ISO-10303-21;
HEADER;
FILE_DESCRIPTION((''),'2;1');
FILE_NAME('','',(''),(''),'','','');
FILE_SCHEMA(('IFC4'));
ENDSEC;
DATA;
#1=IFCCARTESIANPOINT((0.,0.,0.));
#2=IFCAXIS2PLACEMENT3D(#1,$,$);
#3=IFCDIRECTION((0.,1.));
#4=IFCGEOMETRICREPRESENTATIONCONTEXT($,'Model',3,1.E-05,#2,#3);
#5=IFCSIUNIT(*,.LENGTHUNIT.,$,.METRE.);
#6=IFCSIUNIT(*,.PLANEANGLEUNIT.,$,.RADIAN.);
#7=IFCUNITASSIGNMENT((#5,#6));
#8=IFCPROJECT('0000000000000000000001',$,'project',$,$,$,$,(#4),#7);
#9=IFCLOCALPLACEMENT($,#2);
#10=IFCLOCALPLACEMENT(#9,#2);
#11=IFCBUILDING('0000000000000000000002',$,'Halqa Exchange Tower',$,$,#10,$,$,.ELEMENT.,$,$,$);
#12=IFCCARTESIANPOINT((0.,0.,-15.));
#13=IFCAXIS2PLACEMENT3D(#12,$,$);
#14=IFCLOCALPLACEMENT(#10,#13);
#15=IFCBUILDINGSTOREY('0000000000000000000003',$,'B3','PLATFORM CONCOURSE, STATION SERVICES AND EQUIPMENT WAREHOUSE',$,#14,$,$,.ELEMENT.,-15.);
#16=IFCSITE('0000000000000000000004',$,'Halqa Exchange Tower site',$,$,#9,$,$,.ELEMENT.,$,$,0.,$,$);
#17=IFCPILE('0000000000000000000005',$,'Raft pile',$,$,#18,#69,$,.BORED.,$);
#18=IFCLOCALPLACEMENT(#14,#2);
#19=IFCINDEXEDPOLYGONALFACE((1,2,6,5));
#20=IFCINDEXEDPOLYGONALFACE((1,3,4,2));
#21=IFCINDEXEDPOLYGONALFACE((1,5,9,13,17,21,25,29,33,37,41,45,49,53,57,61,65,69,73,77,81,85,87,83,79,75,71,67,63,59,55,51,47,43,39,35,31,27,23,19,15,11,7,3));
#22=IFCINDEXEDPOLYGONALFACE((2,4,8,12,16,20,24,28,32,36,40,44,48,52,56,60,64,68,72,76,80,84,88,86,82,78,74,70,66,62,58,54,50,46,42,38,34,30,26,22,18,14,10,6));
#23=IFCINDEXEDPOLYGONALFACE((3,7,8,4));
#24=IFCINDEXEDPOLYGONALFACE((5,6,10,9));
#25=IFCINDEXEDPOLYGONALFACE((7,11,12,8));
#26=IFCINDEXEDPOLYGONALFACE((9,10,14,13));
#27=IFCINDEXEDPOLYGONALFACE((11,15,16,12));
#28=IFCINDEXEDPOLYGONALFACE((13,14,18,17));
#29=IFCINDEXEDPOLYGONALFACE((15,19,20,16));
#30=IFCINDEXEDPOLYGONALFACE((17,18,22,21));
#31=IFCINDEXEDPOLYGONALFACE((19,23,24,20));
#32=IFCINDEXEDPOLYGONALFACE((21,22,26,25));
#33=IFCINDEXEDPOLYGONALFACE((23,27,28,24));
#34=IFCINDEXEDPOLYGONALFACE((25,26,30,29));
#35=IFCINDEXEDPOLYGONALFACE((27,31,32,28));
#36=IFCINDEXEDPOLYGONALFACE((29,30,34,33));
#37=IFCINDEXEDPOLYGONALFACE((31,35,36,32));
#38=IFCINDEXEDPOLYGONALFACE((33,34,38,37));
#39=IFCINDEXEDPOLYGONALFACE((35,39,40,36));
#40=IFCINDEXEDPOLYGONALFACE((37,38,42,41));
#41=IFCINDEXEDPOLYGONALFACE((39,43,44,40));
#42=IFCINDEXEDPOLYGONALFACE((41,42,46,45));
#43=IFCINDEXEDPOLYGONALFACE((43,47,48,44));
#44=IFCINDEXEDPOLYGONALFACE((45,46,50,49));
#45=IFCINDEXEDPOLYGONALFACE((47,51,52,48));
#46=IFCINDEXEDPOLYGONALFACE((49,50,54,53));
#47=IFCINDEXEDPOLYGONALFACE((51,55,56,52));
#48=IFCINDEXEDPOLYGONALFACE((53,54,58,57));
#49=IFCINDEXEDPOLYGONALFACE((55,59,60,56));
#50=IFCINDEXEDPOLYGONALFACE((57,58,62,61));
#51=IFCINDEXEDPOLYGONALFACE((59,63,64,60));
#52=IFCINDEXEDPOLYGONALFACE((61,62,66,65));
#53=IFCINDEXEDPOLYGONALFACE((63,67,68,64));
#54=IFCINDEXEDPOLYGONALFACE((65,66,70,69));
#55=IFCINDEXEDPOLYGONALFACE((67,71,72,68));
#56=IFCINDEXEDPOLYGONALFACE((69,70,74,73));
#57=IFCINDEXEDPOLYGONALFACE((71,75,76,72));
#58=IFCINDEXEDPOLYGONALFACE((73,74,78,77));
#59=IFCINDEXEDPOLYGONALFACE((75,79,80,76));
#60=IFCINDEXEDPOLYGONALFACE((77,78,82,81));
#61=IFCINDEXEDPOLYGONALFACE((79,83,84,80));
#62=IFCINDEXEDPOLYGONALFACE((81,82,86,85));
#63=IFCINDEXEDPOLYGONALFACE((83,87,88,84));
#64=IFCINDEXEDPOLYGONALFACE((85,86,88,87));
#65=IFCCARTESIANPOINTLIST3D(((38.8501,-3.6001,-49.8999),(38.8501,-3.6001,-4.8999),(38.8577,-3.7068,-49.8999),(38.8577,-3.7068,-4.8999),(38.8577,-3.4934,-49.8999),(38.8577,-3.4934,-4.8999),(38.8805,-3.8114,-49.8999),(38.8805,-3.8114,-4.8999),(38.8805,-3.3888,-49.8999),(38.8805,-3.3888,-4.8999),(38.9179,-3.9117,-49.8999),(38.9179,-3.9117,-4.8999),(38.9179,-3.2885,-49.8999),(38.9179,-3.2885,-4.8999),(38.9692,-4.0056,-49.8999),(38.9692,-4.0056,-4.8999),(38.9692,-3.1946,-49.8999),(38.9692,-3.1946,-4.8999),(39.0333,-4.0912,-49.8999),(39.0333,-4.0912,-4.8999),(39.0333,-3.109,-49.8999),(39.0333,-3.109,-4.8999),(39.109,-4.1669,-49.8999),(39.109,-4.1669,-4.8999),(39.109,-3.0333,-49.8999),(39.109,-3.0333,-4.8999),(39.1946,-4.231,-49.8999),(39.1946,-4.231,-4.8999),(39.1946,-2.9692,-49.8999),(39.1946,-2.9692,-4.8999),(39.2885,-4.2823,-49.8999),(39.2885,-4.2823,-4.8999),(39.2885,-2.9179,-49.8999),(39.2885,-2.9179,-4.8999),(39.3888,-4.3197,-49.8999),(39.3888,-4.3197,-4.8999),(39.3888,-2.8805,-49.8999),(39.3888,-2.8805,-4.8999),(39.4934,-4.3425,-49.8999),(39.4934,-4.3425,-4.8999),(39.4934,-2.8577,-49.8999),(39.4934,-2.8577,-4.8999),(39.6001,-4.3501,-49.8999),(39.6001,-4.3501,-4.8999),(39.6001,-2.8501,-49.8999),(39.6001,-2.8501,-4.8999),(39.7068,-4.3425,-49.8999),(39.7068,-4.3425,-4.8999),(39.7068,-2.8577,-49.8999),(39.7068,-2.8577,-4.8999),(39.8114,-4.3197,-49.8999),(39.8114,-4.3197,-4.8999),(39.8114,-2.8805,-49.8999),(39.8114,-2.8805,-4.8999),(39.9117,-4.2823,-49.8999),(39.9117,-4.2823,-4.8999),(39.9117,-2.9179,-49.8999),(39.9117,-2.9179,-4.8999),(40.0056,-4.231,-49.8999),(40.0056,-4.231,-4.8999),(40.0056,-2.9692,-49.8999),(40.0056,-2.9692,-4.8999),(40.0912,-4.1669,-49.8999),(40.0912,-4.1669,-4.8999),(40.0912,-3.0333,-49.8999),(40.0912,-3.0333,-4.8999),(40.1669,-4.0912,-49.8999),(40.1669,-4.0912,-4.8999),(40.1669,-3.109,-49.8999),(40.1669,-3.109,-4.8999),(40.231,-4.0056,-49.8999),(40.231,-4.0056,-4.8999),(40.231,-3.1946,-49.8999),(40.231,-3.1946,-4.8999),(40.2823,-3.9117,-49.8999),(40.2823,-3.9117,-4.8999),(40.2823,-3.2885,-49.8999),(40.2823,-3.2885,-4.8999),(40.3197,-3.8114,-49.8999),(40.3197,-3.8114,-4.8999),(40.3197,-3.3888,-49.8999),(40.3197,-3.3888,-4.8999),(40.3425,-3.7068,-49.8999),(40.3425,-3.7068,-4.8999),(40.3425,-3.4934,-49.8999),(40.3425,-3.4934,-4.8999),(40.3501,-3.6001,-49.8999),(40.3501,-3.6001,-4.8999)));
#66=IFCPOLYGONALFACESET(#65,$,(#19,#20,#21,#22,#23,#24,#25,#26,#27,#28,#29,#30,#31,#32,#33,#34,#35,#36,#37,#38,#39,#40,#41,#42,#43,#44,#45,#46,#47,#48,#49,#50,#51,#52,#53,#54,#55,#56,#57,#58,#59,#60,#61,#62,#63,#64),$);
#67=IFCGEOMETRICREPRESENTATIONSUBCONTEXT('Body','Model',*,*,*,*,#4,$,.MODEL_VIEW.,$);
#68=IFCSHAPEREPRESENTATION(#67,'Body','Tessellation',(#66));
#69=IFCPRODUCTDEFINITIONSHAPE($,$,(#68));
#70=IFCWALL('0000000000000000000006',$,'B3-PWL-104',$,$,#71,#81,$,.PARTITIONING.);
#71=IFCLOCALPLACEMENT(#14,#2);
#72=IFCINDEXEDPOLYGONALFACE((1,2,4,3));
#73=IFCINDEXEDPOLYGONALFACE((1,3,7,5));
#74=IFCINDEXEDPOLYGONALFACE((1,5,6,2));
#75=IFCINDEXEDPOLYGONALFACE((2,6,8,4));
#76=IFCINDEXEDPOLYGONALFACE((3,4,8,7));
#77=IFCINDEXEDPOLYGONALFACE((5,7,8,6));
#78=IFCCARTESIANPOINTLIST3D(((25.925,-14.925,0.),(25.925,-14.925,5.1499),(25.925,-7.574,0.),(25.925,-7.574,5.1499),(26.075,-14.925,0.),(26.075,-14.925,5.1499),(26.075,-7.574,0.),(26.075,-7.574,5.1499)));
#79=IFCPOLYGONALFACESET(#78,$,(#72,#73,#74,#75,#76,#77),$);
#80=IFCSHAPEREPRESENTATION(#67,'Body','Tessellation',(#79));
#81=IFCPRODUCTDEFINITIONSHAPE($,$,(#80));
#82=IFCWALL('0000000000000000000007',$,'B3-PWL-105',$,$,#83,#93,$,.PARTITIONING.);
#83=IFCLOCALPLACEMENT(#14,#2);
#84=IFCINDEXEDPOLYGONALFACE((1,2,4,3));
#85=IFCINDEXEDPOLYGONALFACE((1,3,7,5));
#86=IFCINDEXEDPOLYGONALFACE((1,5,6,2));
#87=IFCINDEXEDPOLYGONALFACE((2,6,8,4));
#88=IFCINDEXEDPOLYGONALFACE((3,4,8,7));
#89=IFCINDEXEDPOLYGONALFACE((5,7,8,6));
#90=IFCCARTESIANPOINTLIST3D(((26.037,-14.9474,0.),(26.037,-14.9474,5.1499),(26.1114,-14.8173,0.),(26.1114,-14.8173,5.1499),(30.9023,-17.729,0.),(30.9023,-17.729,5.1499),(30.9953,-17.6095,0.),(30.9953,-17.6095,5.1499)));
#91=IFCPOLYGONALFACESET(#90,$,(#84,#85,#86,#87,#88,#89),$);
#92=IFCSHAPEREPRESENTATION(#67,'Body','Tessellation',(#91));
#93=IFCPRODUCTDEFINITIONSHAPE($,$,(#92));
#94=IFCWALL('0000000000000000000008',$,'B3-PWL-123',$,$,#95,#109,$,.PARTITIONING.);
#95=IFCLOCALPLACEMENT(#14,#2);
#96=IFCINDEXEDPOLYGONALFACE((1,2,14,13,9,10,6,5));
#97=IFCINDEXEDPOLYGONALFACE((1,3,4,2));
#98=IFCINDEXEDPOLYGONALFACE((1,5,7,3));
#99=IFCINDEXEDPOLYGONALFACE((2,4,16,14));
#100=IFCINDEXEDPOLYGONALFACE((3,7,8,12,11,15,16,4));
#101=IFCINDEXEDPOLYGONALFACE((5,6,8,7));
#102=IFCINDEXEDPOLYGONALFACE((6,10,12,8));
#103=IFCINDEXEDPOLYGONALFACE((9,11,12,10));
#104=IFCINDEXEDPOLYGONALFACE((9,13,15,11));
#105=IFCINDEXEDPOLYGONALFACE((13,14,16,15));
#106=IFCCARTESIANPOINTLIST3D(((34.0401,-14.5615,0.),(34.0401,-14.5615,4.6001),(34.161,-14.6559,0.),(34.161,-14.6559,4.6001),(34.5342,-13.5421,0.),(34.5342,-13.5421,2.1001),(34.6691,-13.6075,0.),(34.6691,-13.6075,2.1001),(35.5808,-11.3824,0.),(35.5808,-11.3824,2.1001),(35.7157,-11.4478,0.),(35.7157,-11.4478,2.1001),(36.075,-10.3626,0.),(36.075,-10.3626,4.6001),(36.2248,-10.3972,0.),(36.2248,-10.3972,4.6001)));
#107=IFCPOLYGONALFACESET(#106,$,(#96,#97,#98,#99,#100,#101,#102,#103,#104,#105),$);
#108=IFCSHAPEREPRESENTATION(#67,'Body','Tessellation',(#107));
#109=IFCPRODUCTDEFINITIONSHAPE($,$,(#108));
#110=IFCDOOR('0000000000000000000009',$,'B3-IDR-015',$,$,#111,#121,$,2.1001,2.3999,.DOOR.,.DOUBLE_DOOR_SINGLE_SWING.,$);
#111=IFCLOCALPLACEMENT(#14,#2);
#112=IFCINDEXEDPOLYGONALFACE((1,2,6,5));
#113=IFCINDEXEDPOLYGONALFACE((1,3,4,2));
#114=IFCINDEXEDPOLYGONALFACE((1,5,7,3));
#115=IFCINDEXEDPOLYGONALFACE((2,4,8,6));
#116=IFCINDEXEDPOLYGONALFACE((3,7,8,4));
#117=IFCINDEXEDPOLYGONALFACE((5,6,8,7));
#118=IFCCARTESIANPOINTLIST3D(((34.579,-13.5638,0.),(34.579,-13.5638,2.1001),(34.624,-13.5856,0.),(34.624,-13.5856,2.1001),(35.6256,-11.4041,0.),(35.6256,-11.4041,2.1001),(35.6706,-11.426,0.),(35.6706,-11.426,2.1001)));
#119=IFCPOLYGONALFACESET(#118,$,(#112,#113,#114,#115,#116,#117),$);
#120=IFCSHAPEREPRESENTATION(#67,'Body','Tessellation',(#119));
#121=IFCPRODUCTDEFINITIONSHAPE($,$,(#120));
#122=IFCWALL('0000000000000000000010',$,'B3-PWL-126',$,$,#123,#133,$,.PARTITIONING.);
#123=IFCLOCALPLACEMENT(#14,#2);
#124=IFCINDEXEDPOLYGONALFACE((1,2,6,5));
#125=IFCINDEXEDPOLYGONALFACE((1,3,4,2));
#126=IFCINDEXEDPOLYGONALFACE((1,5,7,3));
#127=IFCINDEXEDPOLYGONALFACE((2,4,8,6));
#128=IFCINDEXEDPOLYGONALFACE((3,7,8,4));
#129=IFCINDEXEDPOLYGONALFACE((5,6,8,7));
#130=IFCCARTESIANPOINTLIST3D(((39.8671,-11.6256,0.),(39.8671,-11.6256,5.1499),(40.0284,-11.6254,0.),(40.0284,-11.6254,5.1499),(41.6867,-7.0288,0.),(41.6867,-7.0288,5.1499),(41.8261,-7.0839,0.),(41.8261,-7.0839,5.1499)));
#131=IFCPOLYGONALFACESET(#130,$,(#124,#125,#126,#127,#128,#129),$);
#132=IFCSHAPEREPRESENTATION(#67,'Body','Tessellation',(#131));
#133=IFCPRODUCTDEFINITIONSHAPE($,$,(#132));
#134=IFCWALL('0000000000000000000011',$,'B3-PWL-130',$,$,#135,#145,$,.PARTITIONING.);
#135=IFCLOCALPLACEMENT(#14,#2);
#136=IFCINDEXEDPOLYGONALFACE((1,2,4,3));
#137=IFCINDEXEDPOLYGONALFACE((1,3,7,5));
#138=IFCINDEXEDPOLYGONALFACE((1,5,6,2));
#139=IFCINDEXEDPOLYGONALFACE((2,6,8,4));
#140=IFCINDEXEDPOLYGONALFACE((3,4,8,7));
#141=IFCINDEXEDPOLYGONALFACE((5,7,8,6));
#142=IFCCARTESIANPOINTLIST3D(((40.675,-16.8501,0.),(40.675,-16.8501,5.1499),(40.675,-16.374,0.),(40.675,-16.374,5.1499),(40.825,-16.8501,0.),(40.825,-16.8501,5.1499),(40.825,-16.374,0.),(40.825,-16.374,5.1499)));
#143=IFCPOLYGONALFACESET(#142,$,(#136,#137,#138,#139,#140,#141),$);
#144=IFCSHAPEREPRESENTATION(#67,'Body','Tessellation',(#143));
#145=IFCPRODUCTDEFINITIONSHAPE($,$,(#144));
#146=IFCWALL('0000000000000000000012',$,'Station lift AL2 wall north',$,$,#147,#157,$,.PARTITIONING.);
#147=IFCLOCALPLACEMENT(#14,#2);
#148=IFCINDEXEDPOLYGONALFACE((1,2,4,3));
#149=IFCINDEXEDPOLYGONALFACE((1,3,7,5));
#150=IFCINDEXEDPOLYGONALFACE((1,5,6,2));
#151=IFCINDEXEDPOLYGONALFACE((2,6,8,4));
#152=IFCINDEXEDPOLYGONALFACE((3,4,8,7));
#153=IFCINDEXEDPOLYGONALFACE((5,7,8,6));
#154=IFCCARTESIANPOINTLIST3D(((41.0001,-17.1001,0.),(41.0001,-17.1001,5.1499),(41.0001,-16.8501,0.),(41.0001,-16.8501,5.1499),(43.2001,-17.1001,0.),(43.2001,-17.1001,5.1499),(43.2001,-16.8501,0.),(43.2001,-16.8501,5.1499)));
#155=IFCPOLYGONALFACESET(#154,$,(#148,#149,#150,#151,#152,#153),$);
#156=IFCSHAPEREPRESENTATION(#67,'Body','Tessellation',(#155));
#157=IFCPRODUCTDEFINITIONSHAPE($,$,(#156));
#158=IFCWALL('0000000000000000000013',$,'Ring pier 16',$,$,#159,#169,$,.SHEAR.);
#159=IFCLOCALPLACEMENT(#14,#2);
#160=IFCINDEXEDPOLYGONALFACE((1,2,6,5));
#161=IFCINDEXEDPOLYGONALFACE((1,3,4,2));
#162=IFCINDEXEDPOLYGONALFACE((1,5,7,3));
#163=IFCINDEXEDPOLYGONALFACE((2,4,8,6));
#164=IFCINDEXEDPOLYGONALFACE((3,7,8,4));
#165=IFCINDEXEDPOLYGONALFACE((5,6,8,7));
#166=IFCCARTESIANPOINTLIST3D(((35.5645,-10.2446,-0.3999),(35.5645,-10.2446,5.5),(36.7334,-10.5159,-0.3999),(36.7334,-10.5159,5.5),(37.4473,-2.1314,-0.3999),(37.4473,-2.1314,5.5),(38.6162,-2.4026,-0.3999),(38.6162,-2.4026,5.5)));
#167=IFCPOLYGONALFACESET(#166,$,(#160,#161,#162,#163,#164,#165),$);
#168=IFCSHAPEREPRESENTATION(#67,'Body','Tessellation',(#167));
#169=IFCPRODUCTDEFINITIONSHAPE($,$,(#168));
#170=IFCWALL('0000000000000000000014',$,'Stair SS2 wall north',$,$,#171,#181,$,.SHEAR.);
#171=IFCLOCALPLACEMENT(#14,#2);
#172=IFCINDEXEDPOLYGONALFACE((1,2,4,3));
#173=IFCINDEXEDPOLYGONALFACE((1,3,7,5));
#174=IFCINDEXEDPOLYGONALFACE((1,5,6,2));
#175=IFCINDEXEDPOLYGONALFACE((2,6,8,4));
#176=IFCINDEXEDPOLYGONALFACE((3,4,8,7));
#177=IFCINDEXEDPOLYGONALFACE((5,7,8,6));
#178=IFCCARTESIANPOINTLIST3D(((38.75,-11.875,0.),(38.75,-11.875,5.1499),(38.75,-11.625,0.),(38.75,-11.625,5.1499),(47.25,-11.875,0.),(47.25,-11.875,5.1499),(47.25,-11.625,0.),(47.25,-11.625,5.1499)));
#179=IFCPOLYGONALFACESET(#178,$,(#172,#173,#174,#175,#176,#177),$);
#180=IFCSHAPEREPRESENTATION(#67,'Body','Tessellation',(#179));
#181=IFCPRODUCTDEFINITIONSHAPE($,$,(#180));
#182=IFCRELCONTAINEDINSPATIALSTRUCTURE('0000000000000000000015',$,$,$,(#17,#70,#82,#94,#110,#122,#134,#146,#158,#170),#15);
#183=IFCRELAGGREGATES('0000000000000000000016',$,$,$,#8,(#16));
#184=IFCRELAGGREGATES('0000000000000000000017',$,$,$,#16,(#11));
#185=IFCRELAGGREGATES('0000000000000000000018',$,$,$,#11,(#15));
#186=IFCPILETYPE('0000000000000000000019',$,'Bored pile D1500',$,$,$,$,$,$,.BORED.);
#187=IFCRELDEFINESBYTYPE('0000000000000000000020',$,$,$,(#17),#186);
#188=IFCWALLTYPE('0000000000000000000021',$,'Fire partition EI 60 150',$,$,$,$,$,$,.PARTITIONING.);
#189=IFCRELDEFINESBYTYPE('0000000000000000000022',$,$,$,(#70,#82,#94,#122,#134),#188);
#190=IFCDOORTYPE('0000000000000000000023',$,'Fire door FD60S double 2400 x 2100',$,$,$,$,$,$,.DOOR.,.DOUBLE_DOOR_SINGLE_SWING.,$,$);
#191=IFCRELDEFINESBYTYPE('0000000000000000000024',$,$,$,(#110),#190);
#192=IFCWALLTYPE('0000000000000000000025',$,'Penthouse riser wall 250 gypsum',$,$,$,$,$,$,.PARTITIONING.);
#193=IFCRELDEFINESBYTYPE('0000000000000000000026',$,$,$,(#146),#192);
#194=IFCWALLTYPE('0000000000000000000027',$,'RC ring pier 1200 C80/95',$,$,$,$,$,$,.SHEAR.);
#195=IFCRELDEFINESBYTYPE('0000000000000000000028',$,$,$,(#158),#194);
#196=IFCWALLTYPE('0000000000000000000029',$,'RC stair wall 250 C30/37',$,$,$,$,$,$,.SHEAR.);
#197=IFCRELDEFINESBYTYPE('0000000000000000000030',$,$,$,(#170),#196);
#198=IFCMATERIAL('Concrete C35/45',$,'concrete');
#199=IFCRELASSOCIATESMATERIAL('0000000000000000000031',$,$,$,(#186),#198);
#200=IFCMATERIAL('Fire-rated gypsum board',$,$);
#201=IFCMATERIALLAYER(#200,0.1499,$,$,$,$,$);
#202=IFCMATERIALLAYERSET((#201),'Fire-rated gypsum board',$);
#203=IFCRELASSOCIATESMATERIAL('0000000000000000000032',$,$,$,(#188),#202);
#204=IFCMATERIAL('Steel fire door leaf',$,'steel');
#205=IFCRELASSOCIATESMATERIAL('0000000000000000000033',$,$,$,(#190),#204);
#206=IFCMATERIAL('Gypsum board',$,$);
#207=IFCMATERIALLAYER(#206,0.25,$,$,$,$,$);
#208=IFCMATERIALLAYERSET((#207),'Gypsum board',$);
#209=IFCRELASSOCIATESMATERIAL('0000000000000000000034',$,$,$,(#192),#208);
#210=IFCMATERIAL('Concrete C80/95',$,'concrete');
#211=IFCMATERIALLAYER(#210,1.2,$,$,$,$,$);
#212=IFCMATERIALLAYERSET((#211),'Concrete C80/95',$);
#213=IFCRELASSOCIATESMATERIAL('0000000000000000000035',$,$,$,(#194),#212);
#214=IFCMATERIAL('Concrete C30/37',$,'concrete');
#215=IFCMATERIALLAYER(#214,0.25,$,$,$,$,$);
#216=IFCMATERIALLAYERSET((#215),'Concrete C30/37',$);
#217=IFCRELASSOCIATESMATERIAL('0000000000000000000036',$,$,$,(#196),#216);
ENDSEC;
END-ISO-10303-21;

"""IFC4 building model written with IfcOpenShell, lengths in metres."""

from ifc_helpers import new_model, si_unit, direction, frame, frame_2d, origin, origin_2d, place, context, subcontext, project, spatial, polyline, rectangle, circle, outline, extrude, material, layer, layer_set, material_profile, profile_set, type_object, element, fill, save


model = new_model("IFC4")

# Units and contexts
model_context = context("Model", 3, precision=1e-05, world=origin(), true_north=direction((0.0, 1.0)))
body_context = subcontext(model_context, "Body", "Model", "MODEL_VIEW")
ifc_project = project(units=[si_unit("LENGTHUNIT", "METRE"), si_unit("PLANEANGLEUNIT", "RADIAN")], contexts=[model_context])

# Site, building, storey
site_placement = place(None, origin())
site = spatial("IfcSite", under=ifc_project, at=site_placement, Name="Halqa Exchange Tower site", CompositionType="ELEMENT", RefElevation=0.0)
building_placement = place(site_placement, origin())
building = spatial("IfcBuilding", under=site, at=building_placement, Name="Halqa Exchange Tower", CompositionType="ELEMENT")
storey_placement = place(building_placement, frame((0.0, 0.0, -15.0)))
storey = spatial("IfcBuildingStorey", under=building, at=storey_placement, Name="B3", Description="PLATFORM CONCOURSE, STATION SERVICES AND EQUIPMENT WAREHOUSE", CompositionType="ELEMENT", Elevation=-15.0)

# Pile
ifc_material_1 = material(Name="Concrete C35/45", Category="concrete")
ifc_material_profile_1 = material_profile(ifc_material_1, circle(Radius=0.75, at=origin_2d()), Name="D1500")
ifc_profile_set_1 = profile_set([ifc_material_profile_1], Name="Concrete C35/45")
pile_type_1 = type_object("IfcPileType", Name="Bored pile D1500", PredefinedType="BORED", material=ifc_profile_set_1)
for number, where, z_axis, x_axis, name in (
    (1, (39.6001, -3.6001, -4.8999), (0.0, 0.0, -1.0), (1.0, 0.0, 0.0), "Raft pile"),
):
    element("IfcPile", number, at=place(storey_placement, frame(where, z_axis=z_axis, x_axis=x_axis)), inside=storey, type_object=pile_type_1, Name=name, PredefinedType="BORED", context=body_context, shape_type="SweptSolid", body=[
        extrude(circle(Radius=0.75, at=origin_2d()), origin(), (0.0, 0.0, 1.0), 45.0),
    ])

# Walls
ifc_material_2 = material(Name="Fire-rated gypsum board")
ifc_layer_1 = layer(ifc_material_2, 0.1499)
ifc_layer_set_1 = layer_set([ifc_layer_1], Name="Fire-rated gypsum board")
wall_type_1 = type_object("IfcWallType", Name="Fire partition EI 60 150", PredefinedType="PARTITIONING", material=ifc_layer_set_1)
wall_1_placement = place(storey_placement, frame((26.0, -14.925, 0.0), z_axis=(0.0, 0.0, 1.0), x_axis=(0.0, 1.0, 0.0)))
element("IfcWall", 2, at=wall_1_placement, inside=storey, type_object=wall_type_1, Name="B3-PWL-104", PredefinedType="PARTITIONING", context=body_context, shape_type="SweptSolid", body=[
    extrude(rectangle(XDim=7.3511, YDim=0.1499, at=frame_2d((3.6755, 0.0))), origin(), (0.0, 0.0, 1.0), 5.1499),
])
wall_2_placement = place(storey_placement, frame((26.0742, -14.8823, 0.0), z_axis=(0.0, 0.0, 1.0), x_axis=(0.868133, -0.496331, 0.0)))
element("IfcWall", 3, at=wall_2_placement, inside=storey, type_object=wall_type_1, Name="B3-PWL-105", PredefinedType="PARTITIONING", context=body_context, shape_type="SweptSolid", body=[
    extrude(outline(polyline([(0.0, -0.075), (5.6042, -0.075), (5.6257, 0.075), (0.0, 0.075), (0.0, -0.075)])), origin(), (0.0, 0.0, 1.0), 5.1499),
])

# Wall, opening, door
wall_3_placement = place(storey_placement, frame((36.1499, -10.3799, 0.0), z_axis=(0.0, 0.0, 1.0), x_axis=(-0.436103, -0.899897, 0.0)))
wall_3 = element("IfcWall", 4, at=wall_3_placement, inside=storey, type_object=wall_type_1, Name="B3-PWL-123", PredefinedType="PARTITIONING", context=body_context, shape_type="SweptSolid", body=[
    extrude(outline(polyline([(0.0171, -0.075), (4.6831, -0.075), (4.7153, 0.075), (-0.0171, 0.075), (0.0171, -0.075)])), origin(), (0.0, 0.0, 1.0), 4.6001),
])
opening_1_placement = place(wall_3_placement, frame((1.1504, 0.0, 0.0)))
opening_1 = element("IfcOpeningElement", 5, at=opening_1_placement, cuts=wall_3, PredefinedType="OPENING", context=body_context, shape_type="SweptSolid", body=[
    extrude(rectangle(XDim=2.3999, YDim=2.1001, at=frame_2d((1.2, 1.05))), frame((0.0, 0.0869, 0.0), z_axis=(0.0, -1.0, 0.0), x_axis=(1.0, 0.0, 0.0)), (0.0, 0.0, 1.0), 0.1738),
])
ifc_material_3 = material(Name="Steel fire door leaf", Category="steel")
door_type_1 = type_object("IfcDoorType", Name="Fire door FD60S double 2400 x 2100", OperationType="DOUBLE_DOOR_SINGLE_SWING", PredefinedType="DOOR", material=ifc_material_3)
door_1_placement = place(opening_1_placement, origin())
door_1 = element("IfcDoor", 6, at=door_1_placement, inside=storey, type_object=door_type_1, Name="B3-IDR-015", OperationType="DOUBLE_DOOR_SINGLE_SWING", OverallHeight=2.1001, OverallWidth=2.3999, PredefinedType="DOOR", context=body_context, shape_type="SweptSolid", body=[
    extrude(rectangle(XDim=2.3999, YDim=2.1001, at=frame_2d((1.2, 1.05))), frame((0.0, 0.0249, 0.0), z_axis=(0.0, -1.0, 0.0), x_axis=(1.0, 0.0, 0.0)), (0.0, 0.0, 1.0), 0.05),
])
fill(opening_1, door_1)

# Walls
wall_4_placement = place(storey_placement, frame((39.9478, -11.6255, 0.0), z_axis=(0.0, 0.0, 1.0), x_axis=(0.368048, 0.929807, 0.0)))
element("IfcWall", 7, at=wall_4_placement, inside=storey, type_object=wall_type_1, Name="B3-PWL-126", PredefinedType="PARTITIONING", context=body_context, shape_type="SweptSolid", body=[
    extrude(outline(polyline([(0.0298, -0.075), (4.9141, -0.075), (4.9141, 0.075), (-0.0298, 0.075), (0.0298, -0.075)])), origin(), (0.0, 0.0, 1.0), 5.1499),
])
wall_5_placement = place(storey_placement, frame((40.75, -16.374, 0.0), z_axis=(0.0, 0.0, 1.0), x_axis=(0.0, -1.0, 0.0)))
element("IfcWall", 8, at=wall_5_placement, inside=storey, type_object=wall_type_1, Name="B3-PWL-130", PredefinedType="PARTITIONING", context=body_context, shape_type="SweptSolid", body=[
    extrude(rectangle(XDim=0.4761, YDim=0.1499, at=frame_2d((0.238, 0.0))), origin(), (0.0, 0.0, 1.0), 5.1499),
])
ifc_material_4 = material(Name="Gypsum board")
ifc_layer_2 = layer(ifc_material_4, 0.25)
ifc_layer_set_2 = layer_set([ifc_layer_2], Name="Gypsum board")
wall_type_2 = type_object("IfcWallType", Name="Penthouse riser wall 250 gypsum", PredefinedType="PARTITIONING", material=ifc_layer_set_2)
wall_6_placement = place(storey_placement, frame((41.0, -16.9751, 0.0), z_axis=(0.0, 0.0, 1.0), x_axis=(1.0, 0.0, 0.0)))
element("IfcWall", 9, at=wall_6_placement, inside=storey, type_object=wall_type_2, Name="Station lift AL2 wall north", PredefinedType="PARTITIONING", context=body_context, shape_type="SweptSolid", body=[
    extrude(rectangle(XDim=2.2, YDim=0.25, at=frame_2d((1.1001, 0.0))), origin(), (0.0, 0.0, 1.0), 5.1499),
])
ifc_material_5 = material(Name="Concrete C80/95", Category="concrete")
ifc_layer_3 = layer(ifc_material_5, 1.2)
ifc_layer_set_3 = layer_set([ifc_layer_3], Name="Concrete C80/95")
wall_type_3 = type_object("IfcWallType", Name="RC ring pier 1200 C80/95", PredefinedType="SHEAR", material=ifc_layer_set_3)
wall_7_placement = place(storey_placement, frame((36.1489, -10.3804, -0.3999), z_axis=(0.0, 0.0, 1.0), x_axis=(0.226058, 0.974114, 0.0)))
element("IfcWall", 10, at=wall_7_placement, inside=storey, type_object=wall_type_3, Name="Ring pier 16", PredefinedType="SHEAR", context=body_context, shape_type="SweptSolid", body=[
    extrude(rectangle(XDim=8.3289, YDim=1.2, at=frame_2d((4.1646, 0.0))), origin(), (0.0, 0.0, 1.0), 5.8999),
])
ifc_material_6 = material(Name="Concrete C30/37", Category="concrete")
ifc_layer_4 = layer(ifc_material_6, 0.25)
ifc_layer_set_4 = layer_set([ifc_layer_4], Name="Concrete C30/37")
wall_type_4 = type_object("IfcWallType", Name="RC stair wall 250 C30/37", PredefinedType="SHEAR", material=ifc_layer_set_4)
for number, where, z_axis, x_axis, name in (
    (11, (38.75, -11.75, 0.0), (0.0, 0.0, 1.0), (1.0, 0.0, 0.0), "Stair SS2 wall north"),
):
    element("IfcWall", number, at=place(storey_placement, frame(where, z_axis=z_axis, x_axis=x_axis)), inside=storey, type_object=wall_type_4, Name=name, PredefinedType="SHEAR", context=body_context, shape_type="SweptSolid", body=[
        extrude(rectangle(XDim=8.5, YDim=0.25, at=frame_2d((4.25, 0.0))), origin(), (0.0, 0.0, 1.0), 5.1499),
    ])

save(model, "model.ifc")
